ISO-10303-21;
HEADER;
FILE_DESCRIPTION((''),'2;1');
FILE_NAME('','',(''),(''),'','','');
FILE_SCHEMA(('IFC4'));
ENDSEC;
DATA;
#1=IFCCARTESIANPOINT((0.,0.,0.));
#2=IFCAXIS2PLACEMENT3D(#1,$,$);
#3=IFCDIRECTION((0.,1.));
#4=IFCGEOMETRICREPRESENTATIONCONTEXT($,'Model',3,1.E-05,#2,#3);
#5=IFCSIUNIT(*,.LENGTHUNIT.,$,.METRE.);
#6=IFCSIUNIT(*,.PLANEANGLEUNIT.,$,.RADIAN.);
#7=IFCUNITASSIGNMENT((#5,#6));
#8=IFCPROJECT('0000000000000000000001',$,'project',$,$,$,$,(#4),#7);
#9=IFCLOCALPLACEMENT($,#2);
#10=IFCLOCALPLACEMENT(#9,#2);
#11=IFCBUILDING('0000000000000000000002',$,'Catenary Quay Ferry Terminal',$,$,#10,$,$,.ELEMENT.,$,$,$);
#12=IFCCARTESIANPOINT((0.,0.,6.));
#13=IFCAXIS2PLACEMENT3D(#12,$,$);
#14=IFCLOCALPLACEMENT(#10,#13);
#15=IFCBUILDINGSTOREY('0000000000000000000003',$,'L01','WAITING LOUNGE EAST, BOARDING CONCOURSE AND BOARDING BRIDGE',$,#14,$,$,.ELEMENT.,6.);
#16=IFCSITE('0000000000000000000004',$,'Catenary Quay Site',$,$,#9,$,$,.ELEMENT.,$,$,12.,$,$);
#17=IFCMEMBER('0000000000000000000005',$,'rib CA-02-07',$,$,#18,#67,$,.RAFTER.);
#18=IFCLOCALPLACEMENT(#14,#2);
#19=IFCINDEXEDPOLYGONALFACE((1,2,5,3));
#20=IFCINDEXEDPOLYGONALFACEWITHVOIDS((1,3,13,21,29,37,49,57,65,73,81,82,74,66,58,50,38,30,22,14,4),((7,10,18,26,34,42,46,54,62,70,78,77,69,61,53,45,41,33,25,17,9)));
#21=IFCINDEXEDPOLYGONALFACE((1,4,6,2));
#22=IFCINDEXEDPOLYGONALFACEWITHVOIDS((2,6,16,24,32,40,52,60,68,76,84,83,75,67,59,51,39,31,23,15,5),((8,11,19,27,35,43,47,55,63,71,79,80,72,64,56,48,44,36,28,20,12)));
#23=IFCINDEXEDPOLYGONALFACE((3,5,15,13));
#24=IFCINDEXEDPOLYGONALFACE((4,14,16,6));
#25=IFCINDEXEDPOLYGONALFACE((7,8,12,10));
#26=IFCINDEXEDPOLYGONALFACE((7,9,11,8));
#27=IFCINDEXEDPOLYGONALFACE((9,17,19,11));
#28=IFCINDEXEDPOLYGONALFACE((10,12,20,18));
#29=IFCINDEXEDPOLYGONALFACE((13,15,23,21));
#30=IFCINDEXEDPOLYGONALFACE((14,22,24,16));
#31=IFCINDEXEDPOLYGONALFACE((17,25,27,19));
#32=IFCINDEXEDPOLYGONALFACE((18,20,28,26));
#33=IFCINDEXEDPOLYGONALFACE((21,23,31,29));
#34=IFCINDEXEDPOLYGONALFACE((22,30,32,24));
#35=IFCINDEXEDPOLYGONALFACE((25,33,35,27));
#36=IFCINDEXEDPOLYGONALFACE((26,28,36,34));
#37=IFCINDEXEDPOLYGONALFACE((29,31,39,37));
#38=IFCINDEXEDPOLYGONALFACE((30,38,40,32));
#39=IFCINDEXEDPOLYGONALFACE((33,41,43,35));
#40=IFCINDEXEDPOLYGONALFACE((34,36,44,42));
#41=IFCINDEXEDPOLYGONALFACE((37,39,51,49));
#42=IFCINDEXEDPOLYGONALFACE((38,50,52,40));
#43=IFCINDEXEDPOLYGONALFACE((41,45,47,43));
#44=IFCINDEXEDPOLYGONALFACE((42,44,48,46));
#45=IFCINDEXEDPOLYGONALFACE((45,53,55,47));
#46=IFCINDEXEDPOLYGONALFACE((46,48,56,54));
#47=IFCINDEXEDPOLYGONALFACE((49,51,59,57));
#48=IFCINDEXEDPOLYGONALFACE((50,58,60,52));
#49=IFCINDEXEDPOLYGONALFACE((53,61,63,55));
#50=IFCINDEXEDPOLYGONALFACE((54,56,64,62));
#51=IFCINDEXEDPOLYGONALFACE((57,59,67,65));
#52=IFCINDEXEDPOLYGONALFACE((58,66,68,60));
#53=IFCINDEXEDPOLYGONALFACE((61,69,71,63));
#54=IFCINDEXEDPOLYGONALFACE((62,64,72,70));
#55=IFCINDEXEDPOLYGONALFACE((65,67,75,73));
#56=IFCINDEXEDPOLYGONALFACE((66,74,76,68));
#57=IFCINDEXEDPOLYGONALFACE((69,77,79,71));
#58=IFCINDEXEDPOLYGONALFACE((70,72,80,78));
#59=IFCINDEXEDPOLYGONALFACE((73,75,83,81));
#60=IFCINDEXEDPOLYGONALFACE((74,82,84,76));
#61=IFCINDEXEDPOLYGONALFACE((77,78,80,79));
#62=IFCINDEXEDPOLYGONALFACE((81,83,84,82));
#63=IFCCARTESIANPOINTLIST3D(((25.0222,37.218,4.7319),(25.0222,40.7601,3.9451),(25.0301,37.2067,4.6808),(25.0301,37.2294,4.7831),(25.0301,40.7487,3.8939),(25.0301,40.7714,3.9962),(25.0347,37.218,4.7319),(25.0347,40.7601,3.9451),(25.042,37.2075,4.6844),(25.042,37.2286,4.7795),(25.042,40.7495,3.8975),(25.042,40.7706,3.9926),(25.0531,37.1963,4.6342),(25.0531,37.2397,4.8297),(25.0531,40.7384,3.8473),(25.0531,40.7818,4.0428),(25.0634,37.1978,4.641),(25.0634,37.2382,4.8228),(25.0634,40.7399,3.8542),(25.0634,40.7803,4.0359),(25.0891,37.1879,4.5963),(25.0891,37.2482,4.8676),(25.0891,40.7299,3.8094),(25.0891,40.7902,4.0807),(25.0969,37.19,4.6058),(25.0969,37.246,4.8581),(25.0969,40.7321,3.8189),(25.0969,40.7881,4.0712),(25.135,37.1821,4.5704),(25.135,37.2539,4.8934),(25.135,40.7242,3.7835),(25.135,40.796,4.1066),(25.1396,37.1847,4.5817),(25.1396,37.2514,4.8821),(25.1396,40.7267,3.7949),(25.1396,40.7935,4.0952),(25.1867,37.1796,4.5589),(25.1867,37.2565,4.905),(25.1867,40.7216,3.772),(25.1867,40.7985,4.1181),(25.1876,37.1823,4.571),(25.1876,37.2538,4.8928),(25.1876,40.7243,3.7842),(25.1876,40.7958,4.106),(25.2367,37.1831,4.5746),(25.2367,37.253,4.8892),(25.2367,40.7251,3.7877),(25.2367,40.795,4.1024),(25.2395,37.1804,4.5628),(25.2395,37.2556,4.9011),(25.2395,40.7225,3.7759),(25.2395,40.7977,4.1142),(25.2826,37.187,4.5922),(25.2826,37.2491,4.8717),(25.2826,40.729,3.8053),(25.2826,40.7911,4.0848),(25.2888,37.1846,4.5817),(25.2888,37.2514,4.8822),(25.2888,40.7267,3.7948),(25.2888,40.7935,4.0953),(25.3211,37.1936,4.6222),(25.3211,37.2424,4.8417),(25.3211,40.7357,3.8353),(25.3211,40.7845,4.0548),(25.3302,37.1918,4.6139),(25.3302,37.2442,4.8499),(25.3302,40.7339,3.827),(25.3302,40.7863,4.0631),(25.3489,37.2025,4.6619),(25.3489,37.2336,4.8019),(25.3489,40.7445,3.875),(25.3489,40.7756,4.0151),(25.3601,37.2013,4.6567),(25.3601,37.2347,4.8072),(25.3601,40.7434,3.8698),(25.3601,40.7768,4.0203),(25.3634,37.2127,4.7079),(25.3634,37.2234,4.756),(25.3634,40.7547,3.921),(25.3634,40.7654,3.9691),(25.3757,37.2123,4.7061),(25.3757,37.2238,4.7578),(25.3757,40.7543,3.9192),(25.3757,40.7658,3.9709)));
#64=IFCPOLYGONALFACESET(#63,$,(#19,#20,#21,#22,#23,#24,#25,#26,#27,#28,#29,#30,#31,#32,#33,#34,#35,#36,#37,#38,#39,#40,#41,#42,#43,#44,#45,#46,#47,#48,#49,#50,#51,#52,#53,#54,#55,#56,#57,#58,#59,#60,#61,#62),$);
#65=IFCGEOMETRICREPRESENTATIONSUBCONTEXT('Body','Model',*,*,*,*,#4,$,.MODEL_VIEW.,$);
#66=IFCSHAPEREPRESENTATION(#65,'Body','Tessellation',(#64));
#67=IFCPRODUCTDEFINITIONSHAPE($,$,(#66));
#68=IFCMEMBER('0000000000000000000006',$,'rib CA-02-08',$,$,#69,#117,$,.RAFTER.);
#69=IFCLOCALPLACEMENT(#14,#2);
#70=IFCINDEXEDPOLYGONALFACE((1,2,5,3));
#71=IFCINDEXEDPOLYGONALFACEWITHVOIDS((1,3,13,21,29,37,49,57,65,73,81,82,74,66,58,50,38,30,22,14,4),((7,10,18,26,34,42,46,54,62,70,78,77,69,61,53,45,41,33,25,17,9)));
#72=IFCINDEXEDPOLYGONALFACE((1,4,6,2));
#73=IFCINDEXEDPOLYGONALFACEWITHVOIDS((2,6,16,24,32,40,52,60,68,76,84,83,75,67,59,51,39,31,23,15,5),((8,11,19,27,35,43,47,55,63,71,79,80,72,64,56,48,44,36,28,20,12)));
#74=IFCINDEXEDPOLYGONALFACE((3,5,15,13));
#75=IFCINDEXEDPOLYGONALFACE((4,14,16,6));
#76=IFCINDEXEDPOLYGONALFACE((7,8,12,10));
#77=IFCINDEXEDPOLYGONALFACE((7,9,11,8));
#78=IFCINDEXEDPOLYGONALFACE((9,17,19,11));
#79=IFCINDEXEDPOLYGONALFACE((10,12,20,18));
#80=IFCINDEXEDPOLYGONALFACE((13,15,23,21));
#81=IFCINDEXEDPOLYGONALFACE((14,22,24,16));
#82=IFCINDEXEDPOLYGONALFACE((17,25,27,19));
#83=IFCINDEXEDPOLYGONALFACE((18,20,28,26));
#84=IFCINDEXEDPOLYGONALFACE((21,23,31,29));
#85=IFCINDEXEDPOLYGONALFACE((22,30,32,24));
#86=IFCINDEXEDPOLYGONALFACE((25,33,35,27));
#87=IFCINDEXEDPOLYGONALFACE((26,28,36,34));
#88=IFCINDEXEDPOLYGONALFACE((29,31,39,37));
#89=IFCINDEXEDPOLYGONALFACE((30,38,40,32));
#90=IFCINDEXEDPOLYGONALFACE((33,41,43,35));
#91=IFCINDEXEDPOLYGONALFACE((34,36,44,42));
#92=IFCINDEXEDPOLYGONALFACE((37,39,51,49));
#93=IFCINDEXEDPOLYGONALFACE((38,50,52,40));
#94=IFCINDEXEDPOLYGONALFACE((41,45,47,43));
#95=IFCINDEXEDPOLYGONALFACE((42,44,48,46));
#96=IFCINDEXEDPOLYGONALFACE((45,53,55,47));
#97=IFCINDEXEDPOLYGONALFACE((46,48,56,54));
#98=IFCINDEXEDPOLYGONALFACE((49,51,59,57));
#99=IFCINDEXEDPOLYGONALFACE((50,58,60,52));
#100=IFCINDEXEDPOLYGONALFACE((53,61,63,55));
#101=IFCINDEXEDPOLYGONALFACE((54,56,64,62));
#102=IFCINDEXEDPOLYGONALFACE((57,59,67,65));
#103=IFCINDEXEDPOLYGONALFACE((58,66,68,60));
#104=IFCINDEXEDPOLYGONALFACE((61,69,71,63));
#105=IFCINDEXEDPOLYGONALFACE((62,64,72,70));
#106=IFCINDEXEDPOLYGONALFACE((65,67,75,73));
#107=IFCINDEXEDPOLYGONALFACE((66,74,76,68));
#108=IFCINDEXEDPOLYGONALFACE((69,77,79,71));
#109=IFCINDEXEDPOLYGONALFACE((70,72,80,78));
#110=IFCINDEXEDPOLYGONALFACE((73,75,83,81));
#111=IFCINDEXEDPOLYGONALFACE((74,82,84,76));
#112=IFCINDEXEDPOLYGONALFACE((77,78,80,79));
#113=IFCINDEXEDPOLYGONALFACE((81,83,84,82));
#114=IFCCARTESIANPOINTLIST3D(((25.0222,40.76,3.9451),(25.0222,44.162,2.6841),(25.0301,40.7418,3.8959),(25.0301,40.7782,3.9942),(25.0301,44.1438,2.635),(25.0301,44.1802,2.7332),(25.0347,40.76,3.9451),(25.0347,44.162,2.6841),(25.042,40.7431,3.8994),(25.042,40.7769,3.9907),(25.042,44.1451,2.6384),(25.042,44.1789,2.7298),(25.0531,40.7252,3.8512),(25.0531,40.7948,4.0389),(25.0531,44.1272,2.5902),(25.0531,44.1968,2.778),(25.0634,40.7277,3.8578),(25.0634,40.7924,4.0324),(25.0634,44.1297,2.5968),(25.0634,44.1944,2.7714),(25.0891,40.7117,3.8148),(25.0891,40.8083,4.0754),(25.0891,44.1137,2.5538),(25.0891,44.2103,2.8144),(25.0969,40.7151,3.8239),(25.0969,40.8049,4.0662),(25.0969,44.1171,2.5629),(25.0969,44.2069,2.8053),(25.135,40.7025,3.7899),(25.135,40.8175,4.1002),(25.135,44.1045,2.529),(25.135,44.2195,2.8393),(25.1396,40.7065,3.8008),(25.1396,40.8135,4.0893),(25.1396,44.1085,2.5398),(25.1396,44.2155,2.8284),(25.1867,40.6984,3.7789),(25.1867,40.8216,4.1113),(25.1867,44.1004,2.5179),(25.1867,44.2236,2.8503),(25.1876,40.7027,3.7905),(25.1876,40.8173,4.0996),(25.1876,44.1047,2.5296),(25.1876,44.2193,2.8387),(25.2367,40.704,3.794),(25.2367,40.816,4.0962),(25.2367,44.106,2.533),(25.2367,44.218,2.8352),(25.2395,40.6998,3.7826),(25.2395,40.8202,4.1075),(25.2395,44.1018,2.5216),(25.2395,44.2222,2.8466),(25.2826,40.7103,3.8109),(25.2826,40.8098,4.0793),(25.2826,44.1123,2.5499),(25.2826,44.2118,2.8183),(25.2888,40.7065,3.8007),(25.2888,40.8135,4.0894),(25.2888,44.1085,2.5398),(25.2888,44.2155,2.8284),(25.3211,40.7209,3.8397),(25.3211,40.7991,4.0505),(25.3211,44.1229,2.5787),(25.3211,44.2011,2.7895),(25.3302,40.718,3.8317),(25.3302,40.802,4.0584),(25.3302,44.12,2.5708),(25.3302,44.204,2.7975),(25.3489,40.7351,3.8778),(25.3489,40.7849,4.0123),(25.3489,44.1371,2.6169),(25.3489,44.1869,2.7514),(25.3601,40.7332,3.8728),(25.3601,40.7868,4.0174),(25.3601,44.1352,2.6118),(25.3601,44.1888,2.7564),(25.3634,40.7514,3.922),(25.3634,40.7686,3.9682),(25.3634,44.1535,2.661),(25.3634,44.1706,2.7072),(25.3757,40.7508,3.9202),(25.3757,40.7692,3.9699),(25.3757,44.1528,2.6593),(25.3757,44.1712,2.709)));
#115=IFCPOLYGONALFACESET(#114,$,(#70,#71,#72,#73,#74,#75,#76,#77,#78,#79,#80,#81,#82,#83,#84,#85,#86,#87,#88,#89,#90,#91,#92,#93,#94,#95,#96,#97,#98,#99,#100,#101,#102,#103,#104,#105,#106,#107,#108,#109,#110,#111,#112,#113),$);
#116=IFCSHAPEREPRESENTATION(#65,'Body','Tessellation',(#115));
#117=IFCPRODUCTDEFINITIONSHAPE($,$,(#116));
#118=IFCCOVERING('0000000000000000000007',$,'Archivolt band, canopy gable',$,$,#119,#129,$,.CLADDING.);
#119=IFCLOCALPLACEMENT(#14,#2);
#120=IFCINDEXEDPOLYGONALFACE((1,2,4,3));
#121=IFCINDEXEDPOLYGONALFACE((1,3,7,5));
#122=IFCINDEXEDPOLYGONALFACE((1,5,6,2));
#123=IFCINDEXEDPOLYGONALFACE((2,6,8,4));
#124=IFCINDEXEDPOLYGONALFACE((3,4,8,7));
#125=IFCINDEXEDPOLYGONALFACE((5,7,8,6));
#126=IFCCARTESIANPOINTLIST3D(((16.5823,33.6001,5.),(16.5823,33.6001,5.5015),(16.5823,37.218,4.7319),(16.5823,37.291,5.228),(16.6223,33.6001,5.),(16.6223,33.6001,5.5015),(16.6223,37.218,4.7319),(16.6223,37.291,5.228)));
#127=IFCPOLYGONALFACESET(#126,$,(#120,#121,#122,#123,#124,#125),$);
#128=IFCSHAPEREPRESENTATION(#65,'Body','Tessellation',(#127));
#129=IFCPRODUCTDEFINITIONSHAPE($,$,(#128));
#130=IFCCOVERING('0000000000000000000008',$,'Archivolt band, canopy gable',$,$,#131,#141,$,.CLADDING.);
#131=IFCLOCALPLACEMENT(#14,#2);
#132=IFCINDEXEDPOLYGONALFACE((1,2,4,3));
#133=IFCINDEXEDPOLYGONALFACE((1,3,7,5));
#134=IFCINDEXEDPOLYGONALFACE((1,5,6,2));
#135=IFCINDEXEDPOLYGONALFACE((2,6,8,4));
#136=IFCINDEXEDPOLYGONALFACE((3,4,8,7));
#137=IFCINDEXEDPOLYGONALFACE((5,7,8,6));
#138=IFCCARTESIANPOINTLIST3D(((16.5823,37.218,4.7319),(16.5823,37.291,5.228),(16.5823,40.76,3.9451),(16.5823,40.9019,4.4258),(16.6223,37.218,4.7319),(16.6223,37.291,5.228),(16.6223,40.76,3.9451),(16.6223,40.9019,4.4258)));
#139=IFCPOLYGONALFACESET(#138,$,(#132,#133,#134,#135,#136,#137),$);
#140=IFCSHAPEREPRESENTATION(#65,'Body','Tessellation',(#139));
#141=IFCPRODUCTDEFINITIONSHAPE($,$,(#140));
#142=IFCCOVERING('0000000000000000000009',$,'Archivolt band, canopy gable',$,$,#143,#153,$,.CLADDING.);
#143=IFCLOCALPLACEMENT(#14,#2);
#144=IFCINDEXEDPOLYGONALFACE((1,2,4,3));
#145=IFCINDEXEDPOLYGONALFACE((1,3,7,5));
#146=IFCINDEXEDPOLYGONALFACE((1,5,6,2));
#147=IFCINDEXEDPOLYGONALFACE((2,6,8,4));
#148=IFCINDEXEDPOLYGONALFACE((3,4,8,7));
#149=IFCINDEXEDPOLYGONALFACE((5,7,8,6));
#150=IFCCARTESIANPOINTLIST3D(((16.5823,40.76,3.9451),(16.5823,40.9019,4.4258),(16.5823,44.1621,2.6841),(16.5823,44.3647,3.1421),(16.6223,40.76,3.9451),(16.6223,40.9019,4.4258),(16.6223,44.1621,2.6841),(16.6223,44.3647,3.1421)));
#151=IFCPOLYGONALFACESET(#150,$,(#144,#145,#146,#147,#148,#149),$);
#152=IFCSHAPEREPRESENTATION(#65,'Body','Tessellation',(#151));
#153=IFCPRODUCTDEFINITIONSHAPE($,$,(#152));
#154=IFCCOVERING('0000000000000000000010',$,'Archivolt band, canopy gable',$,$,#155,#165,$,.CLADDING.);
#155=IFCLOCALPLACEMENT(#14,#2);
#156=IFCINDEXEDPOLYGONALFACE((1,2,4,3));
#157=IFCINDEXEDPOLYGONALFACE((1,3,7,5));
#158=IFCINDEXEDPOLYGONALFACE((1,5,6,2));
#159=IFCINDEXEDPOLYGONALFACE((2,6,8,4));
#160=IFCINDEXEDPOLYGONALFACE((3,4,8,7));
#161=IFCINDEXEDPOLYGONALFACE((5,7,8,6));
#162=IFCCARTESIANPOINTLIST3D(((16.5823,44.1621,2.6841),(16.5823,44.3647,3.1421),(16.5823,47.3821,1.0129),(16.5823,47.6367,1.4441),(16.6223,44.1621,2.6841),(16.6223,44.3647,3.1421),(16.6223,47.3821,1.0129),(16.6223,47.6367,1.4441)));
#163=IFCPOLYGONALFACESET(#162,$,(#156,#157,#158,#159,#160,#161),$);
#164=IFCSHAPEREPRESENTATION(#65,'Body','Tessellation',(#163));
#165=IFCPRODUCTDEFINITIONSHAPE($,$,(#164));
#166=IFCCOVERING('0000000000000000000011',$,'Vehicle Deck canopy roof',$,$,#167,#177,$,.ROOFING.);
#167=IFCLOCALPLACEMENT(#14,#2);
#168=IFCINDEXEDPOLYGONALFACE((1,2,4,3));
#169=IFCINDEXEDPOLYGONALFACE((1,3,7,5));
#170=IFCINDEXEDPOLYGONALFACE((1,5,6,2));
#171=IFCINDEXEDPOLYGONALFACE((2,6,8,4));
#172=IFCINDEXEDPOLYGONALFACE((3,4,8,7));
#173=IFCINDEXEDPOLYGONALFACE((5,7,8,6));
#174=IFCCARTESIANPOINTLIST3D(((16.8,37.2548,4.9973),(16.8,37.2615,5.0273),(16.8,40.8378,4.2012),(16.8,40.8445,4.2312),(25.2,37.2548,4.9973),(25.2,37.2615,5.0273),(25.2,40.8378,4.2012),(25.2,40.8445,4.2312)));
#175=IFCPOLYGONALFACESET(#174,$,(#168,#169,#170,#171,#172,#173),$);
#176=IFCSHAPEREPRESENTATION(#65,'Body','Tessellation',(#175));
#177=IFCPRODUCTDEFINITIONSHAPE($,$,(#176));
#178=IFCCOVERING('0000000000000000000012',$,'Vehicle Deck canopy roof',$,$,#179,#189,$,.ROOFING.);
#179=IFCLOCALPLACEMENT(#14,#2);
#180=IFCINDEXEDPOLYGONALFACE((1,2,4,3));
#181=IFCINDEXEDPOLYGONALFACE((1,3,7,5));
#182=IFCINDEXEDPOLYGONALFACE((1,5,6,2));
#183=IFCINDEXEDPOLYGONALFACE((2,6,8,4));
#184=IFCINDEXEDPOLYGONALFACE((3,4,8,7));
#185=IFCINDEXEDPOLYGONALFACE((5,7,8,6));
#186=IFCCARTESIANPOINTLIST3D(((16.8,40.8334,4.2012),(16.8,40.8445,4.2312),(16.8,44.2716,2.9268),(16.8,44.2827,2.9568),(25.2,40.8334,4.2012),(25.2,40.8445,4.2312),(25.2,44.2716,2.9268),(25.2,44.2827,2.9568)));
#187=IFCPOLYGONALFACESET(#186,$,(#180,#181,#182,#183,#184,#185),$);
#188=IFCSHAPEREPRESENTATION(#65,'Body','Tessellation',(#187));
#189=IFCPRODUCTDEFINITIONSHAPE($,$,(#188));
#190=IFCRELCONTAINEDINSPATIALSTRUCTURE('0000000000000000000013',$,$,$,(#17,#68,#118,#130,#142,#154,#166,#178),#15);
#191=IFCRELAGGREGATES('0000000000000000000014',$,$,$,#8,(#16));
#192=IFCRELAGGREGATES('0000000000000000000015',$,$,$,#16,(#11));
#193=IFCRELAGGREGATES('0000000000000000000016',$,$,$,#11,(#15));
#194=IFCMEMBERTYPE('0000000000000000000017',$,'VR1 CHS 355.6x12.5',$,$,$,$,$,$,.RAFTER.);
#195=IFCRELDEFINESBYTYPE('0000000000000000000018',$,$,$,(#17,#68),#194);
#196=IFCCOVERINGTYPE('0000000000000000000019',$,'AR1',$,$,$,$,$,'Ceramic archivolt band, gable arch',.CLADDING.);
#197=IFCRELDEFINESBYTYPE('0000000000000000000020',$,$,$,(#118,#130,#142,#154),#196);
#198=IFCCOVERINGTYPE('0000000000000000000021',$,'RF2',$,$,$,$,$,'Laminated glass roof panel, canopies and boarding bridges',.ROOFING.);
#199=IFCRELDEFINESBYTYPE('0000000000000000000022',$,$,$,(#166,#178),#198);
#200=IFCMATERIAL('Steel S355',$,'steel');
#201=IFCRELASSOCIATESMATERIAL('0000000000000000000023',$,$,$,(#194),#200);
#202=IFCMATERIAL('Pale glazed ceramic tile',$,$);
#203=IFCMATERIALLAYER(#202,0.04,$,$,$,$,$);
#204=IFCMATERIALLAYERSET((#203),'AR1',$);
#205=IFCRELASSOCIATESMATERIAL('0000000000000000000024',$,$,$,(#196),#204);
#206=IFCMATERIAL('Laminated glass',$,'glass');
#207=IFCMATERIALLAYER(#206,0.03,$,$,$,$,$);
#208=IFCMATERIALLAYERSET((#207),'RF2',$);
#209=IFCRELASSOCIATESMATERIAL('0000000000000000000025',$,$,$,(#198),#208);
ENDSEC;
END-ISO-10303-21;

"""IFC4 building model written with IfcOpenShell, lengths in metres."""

from ifc_helpers import new_model, si_unit, direction, frame, origin, origin_2d, place, context, subcontext, project, spatial, polyline, hollow_circle, outline, extrude, material, layer, layer_set, material_profile, profile_set, type_object, element, save


model = new_model("IFC4")

# Units and contexts
model_context = context("Model", 3, precision=1e-05, world=origin(), true_north=direction((0.0, 1.0)))
body_context = subcontext(model_context, "Body", "Model", "MODEL_VIEW")
ifc_project = project(units=[si_unit("LENGTHUNIT", "METRE"), si_unit("PLANEANGLEUNIT", "RADIAN")], contexts=[model_context])

# Site, building, storey
site_placement = place(None, origin())
site = spatial("IfcSite", under=ifc_project, at=site_placement, Name="Catenary Quay Site", CompositionType="ELEMENT", RefElevation=12.0)
building_placement = place(site_placement, origin())
building = spatial("IfcBuilding", under=site, at=building_placement, Name="Catenary Quay Ferry Terminal", CompositionType="ELEMENT")
storey_placement = place(building_placement, frame((0.0, 0.0, 6.0)))
storey = spatial("IfcBuildingStorey", under=building, at=storey_placement, Name="L01", Description="WAITING LOUNGE EAST, BOARDING CONCOURSE AND BOARDING BRIDGE", CompositionType="ELEMENT", Elevation=6.0)

# Members
ifc_material_1 = material(Name="Steel S355", Category="steel")
ifc_material_profile_1 = material_profile(ifc_material_1, hollow_circle(Radius=0.1777, WallThickness=0.0125, at=origin_2d()), Name="CHS 355.6x12.5")
ifc_profile_set_1 = profile_set([ifc_material_profile_1], Name="Steel S355")
member_type_1 = type_object("IfcMemberType", Name="VR1 CHS 355.6x12.5", PredefinedType="RAFTER", material=ifc_profile_set_1)
member_1_placement = place(storey_placement, frame((25.2, 37.218, 4.7319), z_axis=(0.0, 0.976201, -0.216866), x_axis=(-1.0, 0.0, 0.0)))
element("IfcMember", 1, at=member_1_placement, inside=storey, type_object=member_type_1, Name="rib CA-02-07", PredefinedType="RAFTER", context=body_context, shape_type="SweptSolid", body=[
    extrude(hollow_circle(Radius=0.1777, WallThickness=0.0125, at=origin_2d()), origin(), (0.0, 0.0, 1.0), 3.6284),
])
member_2_placement = place(storey_placement, frame((25.2, 40.76, 3.9451), z_axis=(0.0, 0.937664, -0.347544), x_axis=(-1.0, 0.0, 0.0)))
element("IfcMember", 2, at=member_2_placement, inside=storey, type_object=member_type_1, Name="rib CA-02-08", PredefinedType="RAFTER", context=body_context, shape_type="SweptSolid", body=[
    extrude(hollow_circle(Radius=0.1777, WallThickness=0.0125, at=origin_2d()), origin(), (0.0, 0.0, 1.0), 3.6282),
])

# Coverings
ifc_material_2 = material(Name="Pale glazed ceramic tile")
ifc_layer_1 = layer(ifc_material_2, 0.04)
ifc_layer_set_1 = layer_set([ifc_layer_1], Name="AR1")
covering_type_1 = type_object("IfcCoveringType", Name="AR1", ElementType="Ceramic archivolt band, gable arch", PredefinedType="CLADDING", material=ifc_layer_set_1)
covering_1_placement = place(storey_placement, frame((16.6223, 33.6001, 5.0), z_axis=(1.0, 0.0, 0.0), x_axis=(0.0, 0.997266, -0.073892)))
element("IfcCovering", 3, at=covering_1_placement, inside=storey, type_object=covering_type_1, Name="Archivolt band, canopy gable", PredefinedType="CLADDING", context=body_context, shape_type="SweptSolid", body=[
    extrude(outline(polyline([(0.0, 0.0), (3.6278, 0.0), (3.664, 0.5001), (-0.0371, 0.5001), (0.0, 0.0)])), origin(), (0.0, 0.0, -1.0), 0.04),
])
covering_2_placement = place(storey_placement, frame((16.6223, 37.218, 4.7319), z_axis=(1.0, 0.0, 0.0), x_axis=(0.0, 0.976201, -0.216866)))
element("IfcCovering", 4, at=covering_2_placement, inside=storey, type_object=covering_type_1, Name="Archivolt band, canopy gable", PredefinedType="CLADDING", context=body_context, shape_type="SweptSolid", body=[
    extrude(outline(polyline([(0.0, 0.0), (3.6283, 0.0), (3.6626, 0.5), (-0.0363, 0.5001), (0.0, 0.0)])), origin(), (0.0, 0.0, -1.0), 0.04),
])
covering_3_placement = place(storey_placement, frame((16.6223, 40.76, 3.9451), z_axis=(1.0, 0.0, 0.0), x_axis=(0.0, 0.937664, -0.347544)))
element("IfcCovering", 5, at=covering_3_placement, inside=storey, type_object=covering_type_1, Name="Archivolt band, canopy gable", PredefinedType="CLADDING", context=body_context, shape_type="SweptSolid", body=[
    extrude(outline(polyline([(0.0, 0.0), (3.6283, 0.0), (3.6591, 0.4999), (-0.0341, 0.5), (0.0, 0.0)])), origin(), (0.0, 0.0, -1.0), 0.04),
])
covering_4_placement = place(storey_placement, frame((16.6223, 44.1621, 2.6841), z_axis=(1.0, 0.0, 0.0), x_axis=(0.0, 0.887582, -0.460649)))
element("IfcCovering", 6, at=covering_4_placement, inside=storey, type_object=covering_type_1, Name="Archivolt band, canopy gable", PredefinedType="CLADDING", context=body_context, shape_type="SweptSolid", body=[
    extrude(outline(polyline([(0.0, 0.0), (3.6278, 0.0), (3.6552, 0.5), (-0.0311, 0.4999), (0.0, 0.0)])), origin(), (0.0, 0.0, -1.0), 0.04),
])
ifc_material_3 = material(Name="Laminated glass", Category="glass")
ifc_layer_2 = layer(ifc_material_3, 0.03)
ifc_layer_set_2 = layer_set([ifc_layer_2], Name="RF2")
covering_type_2 = type_object("IfcCoveringType", Name="RF2", ElementType="Laminated glass roof panel, canopies and boarding bridges", PredefinedType="ROOFING", material=ifc_layer_set_2)
covering_5_placement = place(storey_placement, frame((16.8, 37.2615, 5.0273), z_axis=(0.0, 0.216909, 0.976192), x_axis=(1.0, 0.0, 0.0)))
element("IfcCovering", 7, at=covering_5_placement, inside=storey, type_object=covering_type_2, Name="Vehicle Deck canopy roof", PredefinedType="ROOFING", context=body_context, shape_type="SweptSolid", body=[
    extrude(outline(polyline([(0.0, 0.0), (8.3999, 0.0), (8.3999, 3.6704), (0.0, 3.6704), (0.0, 0.0)])), origin(), (0.0, 0.0, -1.0), 0.0308),
])
covering_6_placement = place(storey_placement, frame((16.8, 40.8445, 4.2312), z_axis=(0.0, 0.347553, 0.93766), x_axis=(1.0, 0.0, 0.0)))
element("IfcCovering", 8, at=covering_6_placement, inside=storey, type_object=covering_type_2, Name="Vehicle Deck canopy roof", PredefinedType="ROOFING", context=body_context, shape_type="SweptSolid", body=[
    extrude(outline(polyline([(0.0, 0.0), (8.3999, 0.0), (8.3999, 3.6668), (0.0, 3.6668), (0.0, 0.0)])), origin(), (0.0, 0.0, -1.0), 0.032),
])

save(model, "model.ifc")
